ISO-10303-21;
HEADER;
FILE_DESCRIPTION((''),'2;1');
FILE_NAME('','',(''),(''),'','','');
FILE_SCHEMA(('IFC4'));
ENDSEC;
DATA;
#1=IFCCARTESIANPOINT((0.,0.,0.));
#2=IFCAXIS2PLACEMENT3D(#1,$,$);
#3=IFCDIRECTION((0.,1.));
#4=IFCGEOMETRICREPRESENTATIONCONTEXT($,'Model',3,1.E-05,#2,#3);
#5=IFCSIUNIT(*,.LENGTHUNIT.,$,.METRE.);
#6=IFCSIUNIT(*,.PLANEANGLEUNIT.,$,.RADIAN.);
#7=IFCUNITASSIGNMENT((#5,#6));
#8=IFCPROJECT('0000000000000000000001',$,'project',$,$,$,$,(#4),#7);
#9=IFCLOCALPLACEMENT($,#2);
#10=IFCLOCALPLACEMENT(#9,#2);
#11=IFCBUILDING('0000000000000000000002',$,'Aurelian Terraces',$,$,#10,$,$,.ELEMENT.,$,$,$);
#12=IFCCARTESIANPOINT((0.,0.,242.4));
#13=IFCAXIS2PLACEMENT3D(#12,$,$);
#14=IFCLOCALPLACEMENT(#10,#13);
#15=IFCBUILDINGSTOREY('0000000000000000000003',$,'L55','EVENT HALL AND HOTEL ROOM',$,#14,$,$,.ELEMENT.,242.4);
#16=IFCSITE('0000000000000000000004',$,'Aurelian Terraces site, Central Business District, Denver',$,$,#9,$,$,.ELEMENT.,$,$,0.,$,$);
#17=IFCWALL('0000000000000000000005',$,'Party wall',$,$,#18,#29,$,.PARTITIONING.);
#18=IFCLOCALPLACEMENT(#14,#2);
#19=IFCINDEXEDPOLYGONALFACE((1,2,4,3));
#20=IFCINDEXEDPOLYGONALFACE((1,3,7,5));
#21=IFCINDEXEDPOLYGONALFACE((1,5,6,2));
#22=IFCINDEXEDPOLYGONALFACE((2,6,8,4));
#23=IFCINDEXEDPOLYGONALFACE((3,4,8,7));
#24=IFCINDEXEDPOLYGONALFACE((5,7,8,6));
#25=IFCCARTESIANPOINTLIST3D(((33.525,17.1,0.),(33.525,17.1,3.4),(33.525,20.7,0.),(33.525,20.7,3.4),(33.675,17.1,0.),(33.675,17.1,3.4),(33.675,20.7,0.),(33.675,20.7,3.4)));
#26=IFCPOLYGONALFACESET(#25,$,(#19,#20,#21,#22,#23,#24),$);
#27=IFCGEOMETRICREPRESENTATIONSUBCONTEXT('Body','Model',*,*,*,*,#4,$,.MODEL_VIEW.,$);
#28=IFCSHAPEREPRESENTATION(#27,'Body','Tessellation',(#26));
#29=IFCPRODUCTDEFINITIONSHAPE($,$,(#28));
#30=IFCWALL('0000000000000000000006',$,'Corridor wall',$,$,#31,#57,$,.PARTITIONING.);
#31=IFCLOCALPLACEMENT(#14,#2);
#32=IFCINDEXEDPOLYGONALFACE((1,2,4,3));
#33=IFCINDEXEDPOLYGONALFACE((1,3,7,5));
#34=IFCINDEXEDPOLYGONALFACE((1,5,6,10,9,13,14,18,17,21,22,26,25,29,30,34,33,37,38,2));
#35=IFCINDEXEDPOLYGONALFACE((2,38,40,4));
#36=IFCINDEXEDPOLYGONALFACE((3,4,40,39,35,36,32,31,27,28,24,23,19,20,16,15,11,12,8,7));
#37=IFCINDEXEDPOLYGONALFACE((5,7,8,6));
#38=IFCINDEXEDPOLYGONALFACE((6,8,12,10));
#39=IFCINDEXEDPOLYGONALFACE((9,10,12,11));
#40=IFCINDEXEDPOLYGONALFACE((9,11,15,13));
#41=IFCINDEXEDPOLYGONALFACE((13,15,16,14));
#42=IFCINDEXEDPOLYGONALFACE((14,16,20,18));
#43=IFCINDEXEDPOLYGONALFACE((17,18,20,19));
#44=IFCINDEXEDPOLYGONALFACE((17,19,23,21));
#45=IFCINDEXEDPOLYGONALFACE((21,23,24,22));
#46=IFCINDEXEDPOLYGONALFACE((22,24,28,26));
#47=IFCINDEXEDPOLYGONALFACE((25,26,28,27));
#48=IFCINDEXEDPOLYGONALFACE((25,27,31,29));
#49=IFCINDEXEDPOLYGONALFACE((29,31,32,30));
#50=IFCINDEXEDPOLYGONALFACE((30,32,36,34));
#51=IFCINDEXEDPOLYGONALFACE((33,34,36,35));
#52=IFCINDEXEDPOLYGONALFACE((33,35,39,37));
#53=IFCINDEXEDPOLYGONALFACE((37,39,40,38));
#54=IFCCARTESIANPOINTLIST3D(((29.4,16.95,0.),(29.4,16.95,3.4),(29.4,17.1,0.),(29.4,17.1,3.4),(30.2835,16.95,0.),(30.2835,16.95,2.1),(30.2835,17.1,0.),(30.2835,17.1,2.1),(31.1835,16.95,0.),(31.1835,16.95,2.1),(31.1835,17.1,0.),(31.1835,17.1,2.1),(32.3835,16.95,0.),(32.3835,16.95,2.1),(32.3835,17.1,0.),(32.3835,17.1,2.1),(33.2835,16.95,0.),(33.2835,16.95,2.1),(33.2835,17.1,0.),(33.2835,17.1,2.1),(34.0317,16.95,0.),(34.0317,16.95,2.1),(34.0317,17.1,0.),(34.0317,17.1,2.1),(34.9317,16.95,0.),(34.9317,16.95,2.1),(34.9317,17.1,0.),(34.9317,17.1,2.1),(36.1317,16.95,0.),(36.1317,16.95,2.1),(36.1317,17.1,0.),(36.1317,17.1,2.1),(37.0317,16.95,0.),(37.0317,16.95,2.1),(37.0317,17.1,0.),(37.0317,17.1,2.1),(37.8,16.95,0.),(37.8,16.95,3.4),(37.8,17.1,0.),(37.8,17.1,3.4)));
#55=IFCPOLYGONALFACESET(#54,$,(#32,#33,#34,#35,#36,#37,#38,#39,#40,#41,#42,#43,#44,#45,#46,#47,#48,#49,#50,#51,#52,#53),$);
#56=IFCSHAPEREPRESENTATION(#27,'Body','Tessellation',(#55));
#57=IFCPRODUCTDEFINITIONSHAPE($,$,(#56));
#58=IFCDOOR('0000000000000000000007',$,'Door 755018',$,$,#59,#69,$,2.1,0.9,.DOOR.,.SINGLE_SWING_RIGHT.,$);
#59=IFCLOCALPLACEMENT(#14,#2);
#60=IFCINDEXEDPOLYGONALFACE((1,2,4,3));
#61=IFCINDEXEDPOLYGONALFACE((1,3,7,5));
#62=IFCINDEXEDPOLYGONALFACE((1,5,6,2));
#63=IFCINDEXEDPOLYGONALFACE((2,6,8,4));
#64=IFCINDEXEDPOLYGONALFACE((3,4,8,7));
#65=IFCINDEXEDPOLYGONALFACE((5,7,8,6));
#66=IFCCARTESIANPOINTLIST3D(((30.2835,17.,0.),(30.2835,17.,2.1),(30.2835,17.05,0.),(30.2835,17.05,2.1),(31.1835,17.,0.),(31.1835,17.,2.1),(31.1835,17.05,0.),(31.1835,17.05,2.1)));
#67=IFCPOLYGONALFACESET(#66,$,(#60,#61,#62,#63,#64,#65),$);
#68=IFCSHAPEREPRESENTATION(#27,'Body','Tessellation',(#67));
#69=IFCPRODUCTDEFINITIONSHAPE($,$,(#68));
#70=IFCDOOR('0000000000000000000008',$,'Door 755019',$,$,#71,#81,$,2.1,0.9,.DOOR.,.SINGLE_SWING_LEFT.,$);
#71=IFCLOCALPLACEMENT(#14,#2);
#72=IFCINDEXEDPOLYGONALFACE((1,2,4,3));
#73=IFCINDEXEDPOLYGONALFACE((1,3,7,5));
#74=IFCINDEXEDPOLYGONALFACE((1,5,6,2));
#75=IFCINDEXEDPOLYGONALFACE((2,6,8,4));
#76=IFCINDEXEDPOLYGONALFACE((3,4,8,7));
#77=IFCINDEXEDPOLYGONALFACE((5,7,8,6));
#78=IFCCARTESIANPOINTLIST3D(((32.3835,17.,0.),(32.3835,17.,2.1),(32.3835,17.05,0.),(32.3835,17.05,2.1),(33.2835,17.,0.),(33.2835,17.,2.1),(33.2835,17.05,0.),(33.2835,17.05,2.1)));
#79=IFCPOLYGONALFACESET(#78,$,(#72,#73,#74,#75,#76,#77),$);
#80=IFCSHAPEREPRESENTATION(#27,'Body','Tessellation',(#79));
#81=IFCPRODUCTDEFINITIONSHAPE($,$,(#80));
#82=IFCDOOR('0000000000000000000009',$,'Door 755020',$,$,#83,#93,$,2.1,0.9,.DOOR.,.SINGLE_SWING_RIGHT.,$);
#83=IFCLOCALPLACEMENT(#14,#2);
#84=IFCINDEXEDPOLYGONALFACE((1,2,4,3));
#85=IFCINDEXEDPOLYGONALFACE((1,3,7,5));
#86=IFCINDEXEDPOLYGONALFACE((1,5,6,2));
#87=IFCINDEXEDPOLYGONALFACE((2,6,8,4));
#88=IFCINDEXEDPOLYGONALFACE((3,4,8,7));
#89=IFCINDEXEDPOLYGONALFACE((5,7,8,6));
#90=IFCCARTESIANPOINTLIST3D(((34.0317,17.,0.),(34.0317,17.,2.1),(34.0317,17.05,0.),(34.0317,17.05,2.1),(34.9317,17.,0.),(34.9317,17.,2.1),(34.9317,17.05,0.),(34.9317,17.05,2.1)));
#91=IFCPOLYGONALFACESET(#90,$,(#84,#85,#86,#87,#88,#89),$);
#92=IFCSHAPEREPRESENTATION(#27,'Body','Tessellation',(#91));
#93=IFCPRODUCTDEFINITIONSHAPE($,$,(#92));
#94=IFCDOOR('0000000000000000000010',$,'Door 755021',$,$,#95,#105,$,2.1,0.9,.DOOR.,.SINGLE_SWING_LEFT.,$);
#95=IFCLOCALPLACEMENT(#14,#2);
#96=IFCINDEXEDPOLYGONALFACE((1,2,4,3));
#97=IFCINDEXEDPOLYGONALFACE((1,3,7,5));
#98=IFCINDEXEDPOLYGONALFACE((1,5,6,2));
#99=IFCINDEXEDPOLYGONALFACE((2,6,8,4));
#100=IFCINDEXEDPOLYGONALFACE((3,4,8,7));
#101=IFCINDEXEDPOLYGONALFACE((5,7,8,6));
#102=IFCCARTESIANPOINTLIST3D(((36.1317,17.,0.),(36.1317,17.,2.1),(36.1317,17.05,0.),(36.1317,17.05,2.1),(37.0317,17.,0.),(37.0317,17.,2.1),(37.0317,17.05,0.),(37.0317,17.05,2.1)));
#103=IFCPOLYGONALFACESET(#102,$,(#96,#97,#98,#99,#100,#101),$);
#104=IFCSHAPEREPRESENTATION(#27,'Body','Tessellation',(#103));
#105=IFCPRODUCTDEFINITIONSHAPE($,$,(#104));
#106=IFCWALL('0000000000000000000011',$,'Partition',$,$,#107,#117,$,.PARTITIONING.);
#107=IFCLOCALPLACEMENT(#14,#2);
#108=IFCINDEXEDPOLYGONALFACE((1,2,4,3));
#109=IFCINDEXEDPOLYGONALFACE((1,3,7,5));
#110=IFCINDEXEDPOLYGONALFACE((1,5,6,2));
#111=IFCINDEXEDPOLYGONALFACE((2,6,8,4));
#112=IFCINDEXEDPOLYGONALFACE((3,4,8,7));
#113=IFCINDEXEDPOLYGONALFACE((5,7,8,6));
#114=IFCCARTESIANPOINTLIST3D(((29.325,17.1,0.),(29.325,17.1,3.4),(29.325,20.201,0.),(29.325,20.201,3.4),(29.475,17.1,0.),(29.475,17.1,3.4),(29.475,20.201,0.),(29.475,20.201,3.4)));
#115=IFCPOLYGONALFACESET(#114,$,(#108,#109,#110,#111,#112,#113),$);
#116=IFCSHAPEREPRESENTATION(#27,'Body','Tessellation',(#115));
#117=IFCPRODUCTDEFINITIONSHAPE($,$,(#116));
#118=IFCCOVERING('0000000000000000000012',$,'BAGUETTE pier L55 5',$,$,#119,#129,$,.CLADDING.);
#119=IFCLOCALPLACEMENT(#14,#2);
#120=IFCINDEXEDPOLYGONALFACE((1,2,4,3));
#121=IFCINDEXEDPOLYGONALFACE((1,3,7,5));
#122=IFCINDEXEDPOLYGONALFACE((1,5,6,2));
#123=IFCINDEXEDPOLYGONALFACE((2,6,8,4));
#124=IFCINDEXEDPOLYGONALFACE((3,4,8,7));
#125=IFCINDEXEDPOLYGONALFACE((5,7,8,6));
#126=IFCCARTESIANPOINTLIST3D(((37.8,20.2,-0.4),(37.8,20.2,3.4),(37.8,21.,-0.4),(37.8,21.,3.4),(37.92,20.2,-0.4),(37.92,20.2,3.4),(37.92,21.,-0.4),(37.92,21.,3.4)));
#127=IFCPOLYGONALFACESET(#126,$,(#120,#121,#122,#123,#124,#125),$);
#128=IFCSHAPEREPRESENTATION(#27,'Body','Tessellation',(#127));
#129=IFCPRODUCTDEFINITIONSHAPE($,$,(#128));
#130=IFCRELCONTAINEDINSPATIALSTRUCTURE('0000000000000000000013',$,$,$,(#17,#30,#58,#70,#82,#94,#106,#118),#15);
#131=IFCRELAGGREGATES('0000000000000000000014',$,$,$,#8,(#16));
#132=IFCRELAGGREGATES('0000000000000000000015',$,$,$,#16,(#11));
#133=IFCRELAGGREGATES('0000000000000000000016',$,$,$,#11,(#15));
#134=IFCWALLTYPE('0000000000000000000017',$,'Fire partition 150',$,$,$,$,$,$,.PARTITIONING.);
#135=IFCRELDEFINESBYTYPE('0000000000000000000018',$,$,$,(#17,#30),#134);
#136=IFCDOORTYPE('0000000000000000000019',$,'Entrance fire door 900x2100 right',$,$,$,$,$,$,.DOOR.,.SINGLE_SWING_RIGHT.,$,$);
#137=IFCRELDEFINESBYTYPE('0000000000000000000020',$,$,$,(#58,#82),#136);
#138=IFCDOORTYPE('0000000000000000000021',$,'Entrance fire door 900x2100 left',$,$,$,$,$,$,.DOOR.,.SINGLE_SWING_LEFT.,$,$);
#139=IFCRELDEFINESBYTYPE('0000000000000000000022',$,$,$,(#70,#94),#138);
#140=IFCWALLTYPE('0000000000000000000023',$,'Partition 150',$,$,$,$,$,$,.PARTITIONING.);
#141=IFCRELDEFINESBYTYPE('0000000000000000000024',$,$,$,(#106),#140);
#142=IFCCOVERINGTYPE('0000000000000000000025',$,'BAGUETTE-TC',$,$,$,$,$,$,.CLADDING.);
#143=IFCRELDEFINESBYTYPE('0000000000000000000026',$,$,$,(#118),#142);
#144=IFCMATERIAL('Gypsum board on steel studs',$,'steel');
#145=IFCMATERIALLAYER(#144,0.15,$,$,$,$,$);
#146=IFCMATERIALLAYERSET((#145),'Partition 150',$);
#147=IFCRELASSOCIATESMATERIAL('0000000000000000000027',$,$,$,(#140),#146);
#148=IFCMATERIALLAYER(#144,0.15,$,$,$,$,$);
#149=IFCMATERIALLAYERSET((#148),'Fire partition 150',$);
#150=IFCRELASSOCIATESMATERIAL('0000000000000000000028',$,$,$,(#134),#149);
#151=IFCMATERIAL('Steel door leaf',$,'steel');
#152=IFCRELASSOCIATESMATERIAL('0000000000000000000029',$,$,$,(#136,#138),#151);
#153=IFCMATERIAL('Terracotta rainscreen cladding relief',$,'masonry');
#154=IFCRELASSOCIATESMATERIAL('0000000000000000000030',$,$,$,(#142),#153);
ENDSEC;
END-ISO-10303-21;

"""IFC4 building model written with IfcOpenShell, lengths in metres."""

from ifc_helpers import new_model, si_unit, direction, frame, frame_2d, origin, origin_2d, place, context, subcontext, project, spatial, rectangle, extrude, source, transform, mapped, material, layer, layer_set, type_object, element, fill, save


model = new_model("IFC4")

# Units and contexts
model_context = context("Model", 3, precision=1e-05, world=origin(), true_north=direction((0.0, 1.0)))
body_context = subcontext(model_context, "Body", "Model", "MODEL_VIEW")
ifc_project = project(units=[si_unit("LENGTHUNIT", "METRE"), si_unit("PLANEANGLEUNIT", "RADIAN")], contexts=[model_context])

# Site, building, storey
site_placement = place(None, origin())
site = spatial("IfcSite", under=ifc_project, at=site_placement, Name="Aurelian Terraces site, Central Business District, Denver", CompositionType="ELEMENT", RefElevation=0.0)
building_placement = place(site_placement, origin())
building = spatial("IfcBuilding", under=site, at=building_placement, Name="Aurelian Terraces", CompositionType="ELEMENT")
storey_placement = place(building_placement, frame((0.0, 0.0, 242.4)))
storey = spatial("IfcBuildingStorey", under=building, at=storey_placement, Name="L55", Description="EVENT HALL AND HOTEL ROOM", CompositionType="ELEMENT", Elevation=242.4)

# Wall
ifc_material_1 = material(Name="Gypsum board on steel studs", Category="steel")
ifc_layer_1 = layer(ifc_material_1, 0.15)
ifc_layer_set_1 = layer_set([ifc_layer_1], Name="Partition 150")
wall_type_1 = type_object("IfcWallType", Name="Partition 150", PredefinedType="PARTITIONING", material=ifc_layer_set_1)
shared_shape_1 = source(origin(), body_context, "Body", "SweptSolid", [
    extrude(rectangle(XDim=3.6, YDim=0.15, at=frame_2d((1.8, 0.0))), origin(), (0.0, 0.0, 1.0), 3.4),
])
ifc_layer_2 = layer(ifc_material_1, 0.15)
ifc_layer_set_2 = layer_set([ifc_layer_2], Name="Fire partition 150")
wall_type_2 = type_object("IfcWallType", Name="Fire partition 150", PredefinedType="PARTITIONING", material=ifc_layer_set_2)
wall_1_placement = place(storey_placement, frame((33.6, 17.1, 0.0), z_axis=(0.0, 0.0, 1.0), x_axis=(0.0, 1.0, 0.0)))
element("IfcWall", 1, at=wall_1_placement, inside=storey, type_object=wall_type_2, Name="Party wall", PredefinedType="PARTITIONING", context=body_context, shape_type="MappedRepresentation", body=[
    mapped(shared_shape_1, transform((0.0, 0.0, 0.0), scale=1.0)),
])

# Wall, openings, doors
shared_shape_2 = source(origin(), body_context, "Body", "SweptSolid", [
    extrude(rectangle(XDim=8.4, YDim=0.15, at=frame_2d((4.2, 0.0))), origin(), (0.0, 0.0, 1.0), 3.4),
])
wall_2_placement = place(storey_placement, frame((29.4, 17.025, 0.0), z_axis=(0.0, 0.0, 1.0), x_axis=(1.0, 0.0, 0.0)))
wall_2 = element("IfcWall", 2, at=wall_2_placement, inside=storey, type_object=wall_type_2, Name="Corridor wall", PredefinedType="PARTITIONING", context=body_context, shape_type="MappedRepresentation", body=[
    mapped(shared_shape_2, transform((0.0, 0.0, 0.0), scale=1.0)),
])
shared_shape_3 = source(origin(), body_context, "Body", "SweptSolid", [
    extrude(rectangle(XDim=0.9, YDim=2.1, at=frame_2d((0.45, 1.05))), frame((0.0, 0.085, 0.0), z_axis=(0.0, -1.0, 0.0), x_axis=(1.0, 0.0, 0.0)), (0.0, 0.0, 1.0), 0.17),
])
opening_1_placement = place(wall_2_placement, frame((0.8835, 0.0, 0.0)))
opening_1 = element("IfcOpeningElement", 3, at=opening_1_placement, cuts=wall_2, PredefinedType="OPENING", context=body_context, shape_type="MappedRepresentation", body=[
    mapped(shared_shape_3, transform((0.0, 0.0, 0.0), scale=1.0)),
])
opening_2_placement = place(wall_2_placement, frame((2.9835, 0.0, 0.0)))
opening_2 = element("IfcOpeningElement", 4, at=opening_2_placement, cuts=wall_2, PredefinedType="OPENING", context=body_context, shape_type="MappedRepresentation", body=[
    mapped(shared_shape_3, transform((0.0, 0.0, 0.0), scale=1.0)),
])
opening_3_placement = place(wall_2_placement, frame((4.6317, 0.0, 0.0)))
opening_3 = element("IfcOpeningElement", 5, at=opening_3_placement, cuts=wall_2, PredefinedType="OPENING", context=body_context, shape_type="MappedRepresentation", body=[
    mapped(shared_shape_3, transform((0.0, 0.0, 0.0), scale=1.0)),
])
opening_4_placement = place(wall_2_placement, frame((6.7317, 0.0, 0.0)))
opening_4 = element("IfcOpeningElement", 6, at=opening_4_placement, cuts=wall_2, PredefinedType="OPENING", context=body_context, shape_type="MappedRepresentation", body=[
    mapped(shared_shape_3, transform((0.0, 0.0, 0.0), scale=1.0)),
])
ifc_material_2 = material(Name="Steel door leaf", Category="steel")
door_type_1 = type_object("IfcDoorType", Name="Entrance fire door 900x2100 right", OperationType="SINGLE_SWING_RIGHT", PredefinedType="DOOR", material=ifc_material_2)
shared_shape_4 = source(origin(), body_context, "Body", "SweptSolid", [
    extrude(rectangle(XDim=0.9, YDim=2.1, at=frame_2d((0.45, 1.05))), frame((0.0, 0.025, 0.0), z_axis=(0.0, -1.0, 0.0), x_axis=(1.0, 0.0, 0.0)), (0.0, 0.0, 1.0), 0.05),
])
door_1_placement = place(opening_1_placement, origin())
door_1 = element("IfcDoor", 7, at=door_1_placement, inside=storey, type_object=door_type_1, Name="Door 755018", OperationType="SINGLE_SWING_RIGHT", OverallHeight=2.1, OverallWidth=0.9, PredefinedType="DOOR", context=body_context, shape_type="MappedRepresentation", body=[
    mapped(shared_shape_4, transform((0.0, 0.0, 0.0), scale=1.0)),
])
fill(opening_1, door_1)
door_type_2 = type_object("IfcDoorType", Name="Entrance fire door 900x2100 left", OperationType="SINGLE_SWING_LEFT", PredefinedType="DOOR", material=ifc_material_2)
door_2_placement = place(opening_2_placement, origin())
door_2 = element("IfcDoor", 8, at=door_2_placement, inside=storey, type_object=door_type_2, Name="Door 755019", OperationType="SINGLE_SWING_LEFT", OverallHeight=2.1, OverallWidth=0.9, PredefinedType="DOOR", context=body_context, shape_type="MappedRepresentation", body=[
    mapped(shared_shape_4, transform((0.0, 0.0, 0.0), scale=1.0)),
])
fill(opening_2, door_2)
door_3_placement = place(opening_3_placement, origin())
door_3 = element("IfcDoor", 9, at=door_3_placement, inside=storey, type_object=door_type_1, Name="Door 755020", OperationType="SINGLE_SWING_RIGHT", OverallHeight=2.1, OverallWidth=0.9, PredefinedType="DOOR", context=body_context, shape_type="MappedRepresentation", body=[
    mapped(shared_shape_4, transform((0.0, 0.0, 0.0), scale=1.0)),
])
fill(opening_3, door_3)
door_4_placement = place(opening_4_placement, origin())
door_4 = element("IfcDoor", 10, at=door_4_placement, inside=storey, type_object=door_type_2, Name="Door 755021", OperationType="SINGLE_SWING_LEFT", OverallHeight=2.1, OverallWidth=0.9, PredefinedType="DOOR", context=body_context, shape_type="MappedRepresentation", body=[
    mapped(shared_shape_4, transform((0.0, 0.0, 0.0), scale=1.0)),
])
fill(opening_4, door_4)

# Wall
shared_shape_5 = source(origin(), body_context, "Body", "SweptSolid", [
    extrude(rectangle(XDim=3.101, YDim=0.15, at=frame_2d((1.5505, 0.0))), origin(), (0.0, 0.0, 1.0), 3.4),
])
wall_3_placement = place(storey_placement, frame((29.4, 17.1, 0.0), z_axis=(0.0, 0.0, 1.0), x_axis=(0.0, 1.0, 0.0)))
element("IfcWall", 11, at=wall_3_placement, inside=storey, type_object=wall_type_1, Name="Partition", PredefinedType="PARTITIONING", context=body_context, shape_type="MappedRepresentation", body=[
    mapped(shared_shape_5, transform((0.0, 0.0, 0.0), scale=1.0)),
])

# Covering
ifc_material_3 = material(Name="Terracotta rainscreen cladding relief", Category="masonry")
covering_type = type_object("IfcCoveringType", Name="BAGUETTE-TC", PredefinedType="CLADDING", material=ifc_material_3)
shared_shape_6 = source(origin(), body_context, "Body", "SweptSolid", [
    extrude(rectangle(XDim=0.12, YDim=0.8, at=origin_2d()), origin(), (0.0, 0.0, 1.0), 3.8),
])
covering_placement = place(storey_placement, frame((37.86, 20.6, -0.4), z_axis=(0.0, 0.0, 1.0), x_axis=(1.0, 0.0, 0.0)))
element("IfcCovering", 12, at=covering_placement, inside=storey, type_object=covering_type, Name="BAGUETTE pier L55 5", PredefinedType="CLADDING", context=body_context, shape_type="MappedRepresentation", body=[
    mapped(shared_shape_6, transform((0.0, 0.0, 0.0), scale=1.0)),
])

save(model, "model.ifc")
